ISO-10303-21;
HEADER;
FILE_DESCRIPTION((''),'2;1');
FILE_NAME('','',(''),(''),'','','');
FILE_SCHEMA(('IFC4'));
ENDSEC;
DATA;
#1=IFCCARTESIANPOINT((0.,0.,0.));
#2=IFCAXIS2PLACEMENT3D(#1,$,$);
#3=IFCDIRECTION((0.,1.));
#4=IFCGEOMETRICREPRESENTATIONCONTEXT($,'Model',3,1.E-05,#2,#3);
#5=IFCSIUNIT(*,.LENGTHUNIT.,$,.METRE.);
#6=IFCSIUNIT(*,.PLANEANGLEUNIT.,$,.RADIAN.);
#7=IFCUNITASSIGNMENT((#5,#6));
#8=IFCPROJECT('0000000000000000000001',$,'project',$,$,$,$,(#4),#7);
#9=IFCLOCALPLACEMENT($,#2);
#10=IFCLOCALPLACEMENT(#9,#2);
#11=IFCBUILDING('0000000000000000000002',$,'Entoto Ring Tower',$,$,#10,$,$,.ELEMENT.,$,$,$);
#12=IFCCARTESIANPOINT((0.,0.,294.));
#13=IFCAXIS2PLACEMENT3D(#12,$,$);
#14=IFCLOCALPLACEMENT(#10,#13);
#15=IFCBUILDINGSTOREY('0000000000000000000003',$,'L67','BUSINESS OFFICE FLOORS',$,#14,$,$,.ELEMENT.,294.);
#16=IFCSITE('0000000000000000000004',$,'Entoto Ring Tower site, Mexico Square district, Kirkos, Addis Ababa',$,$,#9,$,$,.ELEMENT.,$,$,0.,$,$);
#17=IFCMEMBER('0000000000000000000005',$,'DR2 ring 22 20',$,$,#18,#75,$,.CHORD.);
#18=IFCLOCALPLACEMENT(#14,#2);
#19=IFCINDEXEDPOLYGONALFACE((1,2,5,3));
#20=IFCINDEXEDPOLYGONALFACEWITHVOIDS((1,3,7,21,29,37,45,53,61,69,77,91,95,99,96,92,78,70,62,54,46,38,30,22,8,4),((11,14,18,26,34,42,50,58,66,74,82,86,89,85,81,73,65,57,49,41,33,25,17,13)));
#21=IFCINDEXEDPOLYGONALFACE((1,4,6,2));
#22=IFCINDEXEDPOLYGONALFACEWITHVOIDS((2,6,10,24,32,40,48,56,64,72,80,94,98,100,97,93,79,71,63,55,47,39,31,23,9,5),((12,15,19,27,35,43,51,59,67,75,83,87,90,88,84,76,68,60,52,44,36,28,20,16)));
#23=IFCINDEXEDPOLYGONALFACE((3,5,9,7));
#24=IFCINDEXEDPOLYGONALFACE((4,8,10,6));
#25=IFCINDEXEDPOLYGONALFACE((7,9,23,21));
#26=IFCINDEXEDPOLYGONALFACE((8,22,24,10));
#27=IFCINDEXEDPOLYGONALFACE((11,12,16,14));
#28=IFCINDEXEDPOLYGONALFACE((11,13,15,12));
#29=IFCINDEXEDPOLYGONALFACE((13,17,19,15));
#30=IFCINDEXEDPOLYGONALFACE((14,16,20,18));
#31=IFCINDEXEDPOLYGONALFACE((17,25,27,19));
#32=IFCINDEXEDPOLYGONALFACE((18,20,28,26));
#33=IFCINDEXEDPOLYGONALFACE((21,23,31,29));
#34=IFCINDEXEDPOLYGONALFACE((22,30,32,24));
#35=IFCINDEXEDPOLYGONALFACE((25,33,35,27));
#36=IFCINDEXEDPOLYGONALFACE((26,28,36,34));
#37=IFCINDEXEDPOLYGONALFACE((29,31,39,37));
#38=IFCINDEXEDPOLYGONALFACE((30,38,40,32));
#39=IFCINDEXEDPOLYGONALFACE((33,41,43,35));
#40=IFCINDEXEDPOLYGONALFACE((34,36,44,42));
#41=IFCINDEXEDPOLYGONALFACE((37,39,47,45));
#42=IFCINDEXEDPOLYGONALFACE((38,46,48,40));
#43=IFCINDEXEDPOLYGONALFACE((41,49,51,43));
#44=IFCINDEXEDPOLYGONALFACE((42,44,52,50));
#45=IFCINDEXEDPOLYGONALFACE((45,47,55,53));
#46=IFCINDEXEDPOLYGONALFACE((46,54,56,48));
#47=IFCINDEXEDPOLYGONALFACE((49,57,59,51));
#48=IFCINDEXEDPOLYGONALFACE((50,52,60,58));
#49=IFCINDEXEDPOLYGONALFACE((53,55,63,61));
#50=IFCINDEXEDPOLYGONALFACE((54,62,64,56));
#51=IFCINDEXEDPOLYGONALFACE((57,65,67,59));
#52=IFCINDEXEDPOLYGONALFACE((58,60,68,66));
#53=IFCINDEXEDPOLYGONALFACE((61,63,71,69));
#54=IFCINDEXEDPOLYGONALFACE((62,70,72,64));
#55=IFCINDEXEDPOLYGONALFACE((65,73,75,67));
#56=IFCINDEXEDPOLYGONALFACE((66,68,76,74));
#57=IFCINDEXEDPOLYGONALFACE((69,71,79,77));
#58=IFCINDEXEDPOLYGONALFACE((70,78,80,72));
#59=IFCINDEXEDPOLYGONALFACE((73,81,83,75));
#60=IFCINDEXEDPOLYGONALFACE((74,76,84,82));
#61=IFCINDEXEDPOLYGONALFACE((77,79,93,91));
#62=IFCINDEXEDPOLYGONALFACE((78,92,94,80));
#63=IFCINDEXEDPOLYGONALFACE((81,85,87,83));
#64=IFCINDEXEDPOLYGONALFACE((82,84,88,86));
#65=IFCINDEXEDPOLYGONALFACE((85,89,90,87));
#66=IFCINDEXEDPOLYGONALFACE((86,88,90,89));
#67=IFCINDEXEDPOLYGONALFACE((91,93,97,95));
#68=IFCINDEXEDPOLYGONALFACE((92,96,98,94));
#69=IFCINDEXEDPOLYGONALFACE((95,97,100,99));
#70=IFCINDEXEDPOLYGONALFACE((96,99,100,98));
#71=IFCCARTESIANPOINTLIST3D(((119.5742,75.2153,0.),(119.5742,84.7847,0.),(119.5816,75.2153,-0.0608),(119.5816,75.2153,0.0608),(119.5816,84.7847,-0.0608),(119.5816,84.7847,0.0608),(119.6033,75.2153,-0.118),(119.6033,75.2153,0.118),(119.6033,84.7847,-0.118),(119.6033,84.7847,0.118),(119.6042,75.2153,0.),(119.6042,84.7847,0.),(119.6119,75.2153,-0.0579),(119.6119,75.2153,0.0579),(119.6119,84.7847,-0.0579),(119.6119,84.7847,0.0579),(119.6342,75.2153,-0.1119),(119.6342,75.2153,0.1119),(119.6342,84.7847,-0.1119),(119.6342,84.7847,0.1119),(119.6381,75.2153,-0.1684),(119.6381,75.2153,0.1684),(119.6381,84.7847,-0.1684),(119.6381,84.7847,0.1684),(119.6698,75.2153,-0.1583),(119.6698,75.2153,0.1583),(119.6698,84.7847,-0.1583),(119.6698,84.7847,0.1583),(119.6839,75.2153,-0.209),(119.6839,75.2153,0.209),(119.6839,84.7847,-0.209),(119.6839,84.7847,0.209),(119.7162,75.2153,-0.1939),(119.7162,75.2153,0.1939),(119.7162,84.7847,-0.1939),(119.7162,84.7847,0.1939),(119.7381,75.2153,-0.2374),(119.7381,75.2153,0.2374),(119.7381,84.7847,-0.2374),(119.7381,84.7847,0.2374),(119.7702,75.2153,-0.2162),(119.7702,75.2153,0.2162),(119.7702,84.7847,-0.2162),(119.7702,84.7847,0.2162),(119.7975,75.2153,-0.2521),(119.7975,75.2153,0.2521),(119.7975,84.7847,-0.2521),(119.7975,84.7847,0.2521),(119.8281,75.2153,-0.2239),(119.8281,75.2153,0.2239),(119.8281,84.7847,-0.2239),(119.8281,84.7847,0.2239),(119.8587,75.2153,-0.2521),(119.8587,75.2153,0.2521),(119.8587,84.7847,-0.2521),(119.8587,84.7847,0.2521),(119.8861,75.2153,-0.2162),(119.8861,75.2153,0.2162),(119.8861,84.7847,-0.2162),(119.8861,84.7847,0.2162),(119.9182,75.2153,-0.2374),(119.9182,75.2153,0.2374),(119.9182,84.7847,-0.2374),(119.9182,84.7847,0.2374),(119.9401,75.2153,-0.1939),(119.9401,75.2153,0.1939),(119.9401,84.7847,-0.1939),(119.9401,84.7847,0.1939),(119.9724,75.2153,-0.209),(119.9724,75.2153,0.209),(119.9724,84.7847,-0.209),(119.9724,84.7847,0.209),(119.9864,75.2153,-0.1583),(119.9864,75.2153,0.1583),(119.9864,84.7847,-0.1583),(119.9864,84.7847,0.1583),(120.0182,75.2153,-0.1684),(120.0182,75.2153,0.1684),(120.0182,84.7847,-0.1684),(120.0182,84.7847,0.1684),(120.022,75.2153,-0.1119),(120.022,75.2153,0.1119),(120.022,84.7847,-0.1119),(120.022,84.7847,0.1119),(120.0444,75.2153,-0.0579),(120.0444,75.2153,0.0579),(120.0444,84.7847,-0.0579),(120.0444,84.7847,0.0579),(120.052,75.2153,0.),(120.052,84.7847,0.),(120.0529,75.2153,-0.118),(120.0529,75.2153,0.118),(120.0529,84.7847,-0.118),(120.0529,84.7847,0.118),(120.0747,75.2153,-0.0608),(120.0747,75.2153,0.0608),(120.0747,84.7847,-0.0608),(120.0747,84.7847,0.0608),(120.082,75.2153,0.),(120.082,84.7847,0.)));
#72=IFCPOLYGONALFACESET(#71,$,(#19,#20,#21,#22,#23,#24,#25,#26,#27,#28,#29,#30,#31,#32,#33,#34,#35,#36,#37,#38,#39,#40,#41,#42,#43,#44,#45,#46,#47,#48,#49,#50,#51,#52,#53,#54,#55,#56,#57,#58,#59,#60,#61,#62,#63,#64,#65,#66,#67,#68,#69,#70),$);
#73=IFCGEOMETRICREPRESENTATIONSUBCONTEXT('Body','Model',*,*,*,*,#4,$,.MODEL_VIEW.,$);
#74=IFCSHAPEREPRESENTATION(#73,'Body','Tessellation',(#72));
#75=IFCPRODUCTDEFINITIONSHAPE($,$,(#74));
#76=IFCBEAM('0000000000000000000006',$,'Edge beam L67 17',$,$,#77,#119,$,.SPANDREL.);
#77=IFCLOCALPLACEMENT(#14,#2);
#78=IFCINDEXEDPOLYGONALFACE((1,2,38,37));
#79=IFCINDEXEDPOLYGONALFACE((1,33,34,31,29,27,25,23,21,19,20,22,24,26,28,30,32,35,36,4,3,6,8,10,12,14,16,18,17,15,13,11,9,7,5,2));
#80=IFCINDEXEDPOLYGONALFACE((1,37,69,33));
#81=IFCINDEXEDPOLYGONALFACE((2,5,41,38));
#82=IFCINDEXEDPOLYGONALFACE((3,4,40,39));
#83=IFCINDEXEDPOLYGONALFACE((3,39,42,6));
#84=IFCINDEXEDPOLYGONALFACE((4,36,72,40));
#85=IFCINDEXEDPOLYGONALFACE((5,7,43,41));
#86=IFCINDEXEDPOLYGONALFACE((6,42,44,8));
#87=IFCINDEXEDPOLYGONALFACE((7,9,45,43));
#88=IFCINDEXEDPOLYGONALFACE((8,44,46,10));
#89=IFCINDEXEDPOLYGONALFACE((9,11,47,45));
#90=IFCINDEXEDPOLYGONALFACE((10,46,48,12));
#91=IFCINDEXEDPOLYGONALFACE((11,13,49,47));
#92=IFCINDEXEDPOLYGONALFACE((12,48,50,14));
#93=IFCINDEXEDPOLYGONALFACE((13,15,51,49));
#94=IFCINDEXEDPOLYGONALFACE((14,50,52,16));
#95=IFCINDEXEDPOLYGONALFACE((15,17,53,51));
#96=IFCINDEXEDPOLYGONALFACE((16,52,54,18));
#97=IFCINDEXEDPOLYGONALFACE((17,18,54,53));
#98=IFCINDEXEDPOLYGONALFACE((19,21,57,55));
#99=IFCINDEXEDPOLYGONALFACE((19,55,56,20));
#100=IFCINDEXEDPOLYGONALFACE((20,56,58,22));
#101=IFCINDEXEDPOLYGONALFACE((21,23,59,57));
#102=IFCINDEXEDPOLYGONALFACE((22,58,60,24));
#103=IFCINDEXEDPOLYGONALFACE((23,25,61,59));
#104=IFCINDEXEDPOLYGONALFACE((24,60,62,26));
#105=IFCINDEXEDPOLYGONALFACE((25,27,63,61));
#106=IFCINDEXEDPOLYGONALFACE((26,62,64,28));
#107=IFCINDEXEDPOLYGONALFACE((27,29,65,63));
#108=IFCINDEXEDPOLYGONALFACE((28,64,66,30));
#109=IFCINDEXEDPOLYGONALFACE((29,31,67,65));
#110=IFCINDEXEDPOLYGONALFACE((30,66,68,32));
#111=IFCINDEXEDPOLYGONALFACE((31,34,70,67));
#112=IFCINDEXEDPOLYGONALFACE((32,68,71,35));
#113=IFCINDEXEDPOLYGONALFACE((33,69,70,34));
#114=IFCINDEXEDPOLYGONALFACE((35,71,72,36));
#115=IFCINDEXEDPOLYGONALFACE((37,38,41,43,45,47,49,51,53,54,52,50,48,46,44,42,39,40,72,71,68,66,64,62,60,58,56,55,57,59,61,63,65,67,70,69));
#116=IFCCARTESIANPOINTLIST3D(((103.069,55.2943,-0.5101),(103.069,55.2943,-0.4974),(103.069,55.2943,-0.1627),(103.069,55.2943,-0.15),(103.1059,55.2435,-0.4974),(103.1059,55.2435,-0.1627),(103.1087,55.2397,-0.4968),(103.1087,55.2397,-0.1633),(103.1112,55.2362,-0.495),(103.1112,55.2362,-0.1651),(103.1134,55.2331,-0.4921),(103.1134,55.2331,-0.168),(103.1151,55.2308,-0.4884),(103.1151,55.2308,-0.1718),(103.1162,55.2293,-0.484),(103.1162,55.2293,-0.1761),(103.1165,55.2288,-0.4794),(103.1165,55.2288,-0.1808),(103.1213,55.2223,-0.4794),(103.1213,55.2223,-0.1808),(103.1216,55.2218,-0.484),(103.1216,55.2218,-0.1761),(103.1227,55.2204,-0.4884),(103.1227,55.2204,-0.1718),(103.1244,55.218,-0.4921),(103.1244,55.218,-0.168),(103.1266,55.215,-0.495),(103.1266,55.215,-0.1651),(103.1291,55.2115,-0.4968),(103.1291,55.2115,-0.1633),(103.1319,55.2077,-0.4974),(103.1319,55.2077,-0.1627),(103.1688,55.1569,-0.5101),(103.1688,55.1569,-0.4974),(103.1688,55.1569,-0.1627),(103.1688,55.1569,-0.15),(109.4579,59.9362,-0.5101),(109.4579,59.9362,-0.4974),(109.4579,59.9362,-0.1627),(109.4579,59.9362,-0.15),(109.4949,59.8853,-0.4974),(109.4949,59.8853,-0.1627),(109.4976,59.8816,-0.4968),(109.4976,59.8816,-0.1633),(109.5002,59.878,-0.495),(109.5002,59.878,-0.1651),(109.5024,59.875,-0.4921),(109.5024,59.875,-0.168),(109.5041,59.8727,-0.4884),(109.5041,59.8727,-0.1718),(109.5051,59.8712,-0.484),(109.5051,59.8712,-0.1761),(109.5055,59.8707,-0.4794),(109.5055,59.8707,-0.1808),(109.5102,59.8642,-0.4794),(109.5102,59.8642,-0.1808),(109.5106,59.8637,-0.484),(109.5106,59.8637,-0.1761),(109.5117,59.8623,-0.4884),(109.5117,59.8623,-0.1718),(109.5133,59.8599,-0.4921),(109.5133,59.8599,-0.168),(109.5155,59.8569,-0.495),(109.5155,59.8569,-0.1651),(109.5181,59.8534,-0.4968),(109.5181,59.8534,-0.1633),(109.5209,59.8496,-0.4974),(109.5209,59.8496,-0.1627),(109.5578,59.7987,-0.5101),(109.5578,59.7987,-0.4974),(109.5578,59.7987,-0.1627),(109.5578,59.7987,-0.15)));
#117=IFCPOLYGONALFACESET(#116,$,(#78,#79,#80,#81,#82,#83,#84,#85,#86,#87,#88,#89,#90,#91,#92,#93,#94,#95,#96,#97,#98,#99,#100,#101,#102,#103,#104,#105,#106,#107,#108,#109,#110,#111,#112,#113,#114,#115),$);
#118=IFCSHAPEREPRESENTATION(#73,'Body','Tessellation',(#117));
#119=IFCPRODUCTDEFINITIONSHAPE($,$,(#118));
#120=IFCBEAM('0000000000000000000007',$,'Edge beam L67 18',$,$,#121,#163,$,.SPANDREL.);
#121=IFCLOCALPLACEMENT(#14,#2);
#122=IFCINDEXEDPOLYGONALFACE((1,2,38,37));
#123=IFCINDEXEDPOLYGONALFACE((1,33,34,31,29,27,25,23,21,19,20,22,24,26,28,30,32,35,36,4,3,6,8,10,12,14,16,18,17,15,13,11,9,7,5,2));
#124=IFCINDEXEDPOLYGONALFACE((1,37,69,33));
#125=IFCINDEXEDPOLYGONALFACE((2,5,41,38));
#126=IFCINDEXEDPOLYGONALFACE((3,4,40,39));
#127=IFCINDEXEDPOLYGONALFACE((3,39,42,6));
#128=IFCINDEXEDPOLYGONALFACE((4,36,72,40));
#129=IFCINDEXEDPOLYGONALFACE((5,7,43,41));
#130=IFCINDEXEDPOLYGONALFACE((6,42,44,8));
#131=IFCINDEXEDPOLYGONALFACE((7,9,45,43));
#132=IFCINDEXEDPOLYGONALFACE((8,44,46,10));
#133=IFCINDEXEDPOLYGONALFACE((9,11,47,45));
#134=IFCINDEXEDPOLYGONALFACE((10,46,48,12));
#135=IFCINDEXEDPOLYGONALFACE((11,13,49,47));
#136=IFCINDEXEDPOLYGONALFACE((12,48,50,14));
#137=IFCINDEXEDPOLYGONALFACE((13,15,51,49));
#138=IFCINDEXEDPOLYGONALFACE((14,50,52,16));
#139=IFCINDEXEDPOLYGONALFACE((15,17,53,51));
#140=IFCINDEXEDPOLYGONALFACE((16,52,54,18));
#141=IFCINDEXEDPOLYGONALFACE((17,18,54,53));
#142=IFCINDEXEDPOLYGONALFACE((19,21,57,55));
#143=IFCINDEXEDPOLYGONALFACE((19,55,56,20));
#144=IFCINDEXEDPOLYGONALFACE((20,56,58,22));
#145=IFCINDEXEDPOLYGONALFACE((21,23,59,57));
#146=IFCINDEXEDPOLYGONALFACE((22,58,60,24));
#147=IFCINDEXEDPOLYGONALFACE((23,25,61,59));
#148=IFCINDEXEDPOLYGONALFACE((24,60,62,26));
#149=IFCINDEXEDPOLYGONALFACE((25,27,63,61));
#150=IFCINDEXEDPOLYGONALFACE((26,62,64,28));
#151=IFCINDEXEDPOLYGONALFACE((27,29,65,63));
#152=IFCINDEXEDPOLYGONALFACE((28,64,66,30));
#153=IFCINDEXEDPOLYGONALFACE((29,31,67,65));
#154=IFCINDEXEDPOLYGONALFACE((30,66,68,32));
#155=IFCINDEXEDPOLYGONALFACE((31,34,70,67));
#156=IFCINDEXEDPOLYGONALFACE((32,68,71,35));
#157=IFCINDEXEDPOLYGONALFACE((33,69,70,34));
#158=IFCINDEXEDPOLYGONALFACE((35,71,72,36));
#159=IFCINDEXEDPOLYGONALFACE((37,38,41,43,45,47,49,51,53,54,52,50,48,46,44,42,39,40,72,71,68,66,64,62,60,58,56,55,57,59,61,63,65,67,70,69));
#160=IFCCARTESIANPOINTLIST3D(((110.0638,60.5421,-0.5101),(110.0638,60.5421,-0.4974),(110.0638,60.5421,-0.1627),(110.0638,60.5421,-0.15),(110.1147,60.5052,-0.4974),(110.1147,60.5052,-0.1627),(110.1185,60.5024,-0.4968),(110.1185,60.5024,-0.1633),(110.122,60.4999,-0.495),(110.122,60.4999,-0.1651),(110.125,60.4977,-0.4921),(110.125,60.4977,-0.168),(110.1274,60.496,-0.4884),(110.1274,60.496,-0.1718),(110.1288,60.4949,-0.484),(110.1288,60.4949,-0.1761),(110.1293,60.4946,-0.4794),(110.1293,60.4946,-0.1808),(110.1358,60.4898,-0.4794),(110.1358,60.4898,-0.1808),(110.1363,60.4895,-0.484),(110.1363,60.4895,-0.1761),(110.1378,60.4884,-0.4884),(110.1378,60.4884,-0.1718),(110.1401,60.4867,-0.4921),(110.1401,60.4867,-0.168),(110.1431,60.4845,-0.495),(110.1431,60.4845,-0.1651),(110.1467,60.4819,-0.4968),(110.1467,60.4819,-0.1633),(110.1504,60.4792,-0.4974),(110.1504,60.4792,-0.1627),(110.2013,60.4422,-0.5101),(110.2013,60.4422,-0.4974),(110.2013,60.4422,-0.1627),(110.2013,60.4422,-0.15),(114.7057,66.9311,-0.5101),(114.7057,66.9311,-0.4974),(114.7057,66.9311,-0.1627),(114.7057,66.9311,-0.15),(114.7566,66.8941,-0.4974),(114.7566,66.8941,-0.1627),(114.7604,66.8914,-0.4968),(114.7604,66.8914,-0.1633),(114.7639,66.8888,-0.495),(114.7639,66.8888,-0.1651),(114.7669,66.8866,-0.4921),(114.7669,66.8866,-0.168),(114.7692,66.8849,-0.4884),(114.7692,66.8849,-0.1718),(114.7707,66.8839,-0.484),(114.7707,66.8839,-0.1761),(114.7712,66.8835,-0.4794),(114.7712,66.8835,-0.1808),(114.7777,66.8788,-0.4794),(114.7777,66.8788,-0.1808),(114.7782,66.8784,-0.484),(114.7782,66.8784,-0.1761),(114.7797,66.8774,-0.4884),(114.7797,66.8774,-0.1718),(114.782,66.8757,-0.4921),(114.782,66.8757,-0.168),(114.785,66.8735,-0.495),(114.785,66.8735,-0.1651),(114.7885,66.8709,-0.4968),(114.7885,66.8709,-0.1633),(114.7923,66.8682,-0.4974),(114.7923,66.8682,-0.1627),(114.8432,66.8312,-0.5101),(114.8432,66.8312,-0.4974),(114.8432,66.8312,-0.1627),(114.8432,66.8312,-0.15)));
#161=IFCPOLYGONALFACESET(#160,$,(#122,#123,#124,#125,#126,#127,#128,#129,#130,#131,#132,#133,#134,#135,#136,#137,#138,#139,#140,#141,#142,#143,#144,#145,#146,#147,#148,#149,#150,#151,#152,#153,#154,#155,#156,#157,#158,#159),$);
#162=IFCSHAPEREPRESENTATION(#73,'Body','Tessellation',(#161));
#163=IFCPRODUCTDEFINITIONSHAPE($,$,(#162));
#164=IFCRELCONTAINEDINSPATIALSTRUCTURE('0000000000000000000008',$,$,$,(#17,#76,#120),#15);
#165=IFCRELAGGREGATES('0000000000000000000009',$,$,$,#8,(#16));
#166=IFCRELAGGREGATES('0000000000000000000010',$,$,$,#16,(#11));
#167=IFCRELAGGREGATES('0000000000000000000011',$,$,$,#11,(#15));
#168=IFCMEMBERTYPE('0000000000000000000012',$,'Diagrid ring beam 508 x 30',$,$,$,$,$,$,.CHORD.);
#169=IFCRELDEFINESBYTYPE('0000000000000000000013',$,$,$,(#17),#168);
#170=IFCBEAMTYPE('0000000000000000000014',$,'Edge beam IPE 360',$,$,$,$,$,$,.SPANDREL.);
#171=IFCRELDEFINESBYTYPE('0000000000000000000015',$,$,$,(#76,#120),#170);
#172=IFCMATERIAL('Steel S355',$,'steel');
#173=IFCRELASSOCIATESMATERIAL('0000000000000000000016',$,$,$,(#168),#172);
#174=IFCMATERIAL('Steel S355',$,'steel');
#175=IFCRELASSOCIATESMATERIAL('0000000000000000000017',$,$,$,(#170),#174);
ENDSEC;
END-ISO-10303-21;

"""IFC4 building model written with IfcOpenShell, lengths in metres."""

from ifc_helpers import new_model, si_unit, direction, frame, origin, origin_2d, place, context, subcontext, project, spatial, circle, hollow_circle, i_section, extrude, material, material_profile, profile_set, type_object, element, save


model = new_model("IFC4")

# Units and contexts
model_context = context("Model", 3, precision=1e-05, world=origin(), true_north=direction((0.0, 1.0)))
body_context = subcontext(model_context, "Body", "Model", "MODEL_VIEW")
ifc_project = project(units=[si_unit("LENGTHUNIT", "METRE"), si_unit("PLANEANGLEUNIT", "RADIAN")], contexts=[model_context])

# Site, building, storey
site_placement = place(None, origin())
site = spatial("IfcSite", under=ifc_project, at=site_placement, Name="Entoto Ring Tower site, Mexico Square district, Kirkos, Addis Ababa", CompositionType="ELEMENT", RefElevation=0.0)
building_placement = place(site_placement, origin())
building = spatial("IfcBuilding", under=site, at=building_placement, Name="Entoto Ring Tower", CompositionType="ELEMENT")
storey_placement = place(building_placement, frame((0.0, 0.0, 294.0)))
storey = spatial("IfcBuildingStorey", under=building, at=storey_placement, Name="L67", Description="BUSINESS OFFICE FLOORS", CompositionType="ELEMENT", Elevation=294.0)

# Member
ifc_material_1 = material(Name="Steel S355", Category="steel")
ifc_material_profile_1 = material_profile(ifc_material_1, hollow_circle(Radius=0.2539, WallThickness=0.03, at=origin_2d()), Name="CHS 508 x 30")
ifc_material_2 = material(Name="Concrete C60/75", Category="concrete")
ifc_material_profile_2 = material_profile(ifc_material_2, circle(Radius=0.2241, at=origin_2d()), Name="Concrete C60/75 infill")
ifc_profile_set_1 = profile_set([ifc_material_profile_1, ifc_material_profile_2], Name="Steel S355")
member_type_1 = type_object("IfcMemberType", Name="Diagrid ring beam 508 x 30", PredefinedType="CHORD", material=ifc_profile_set_1)
member_1_placement = place(storey_placement, frame((119.8281, 75.2153, 0.0), z_axis=(0.0, 1.0, 0.0), x_axis=(-1.0, 0.0, 0.0)))
element("IfcMember", 1, at=member_1_placement, inside=storey, type_object=member_type_1, Name="DR2 ring 22 20", PredefinedType="CHORD", context=body_context, shape_type="SweptSolid", body=[
    extrude(hollow_circle(Radius=0.2539, WallThickness=0.03, at=origin_2d()), origin(), (0.0, 0.0, 1.0), 9.5693),
])

# Beams
ifc_material_3 = material(Name="Steel S355", Category="steel")
ifc_material_profile_3 = material_profile(ifc_material_3, i_section(OverallWidth=0.1699, OverallDepth=0.3601, WebThickness=0.0081, FlangeThickness=0.0127, FilletRadius=0.0181, at=origin_2d()), Name="IPE 360")
ifc_profile_set_2 = profile_set([ifc_material_profile_3], Name="Steel S355")
beam_type_1 = type_object("IfcBeamType", Name="Edge beam IPE 360", PredefinedType="SPANDREL", material=ifc_profile_set_2)
for number, where, z_axis, x_axis, name in (
    (2, (103.1189, 55.2256, -0.3301), (0.809015, 0.587787, 0.0), (-0.587787, 0.809015, 0.0), "Edge beam L67 17"),
    (3, (110.1326, 60.4922, -0.3301), (0.587787, 0.809015, 0.0), (-0.809015, 0.587787, 0.0), "Edge beam L67 18"),
):
    element("IfcBeam", number, at=place(storey_placement, frame(where, z_axis=z_axis, x_axis=x_axis)), inside=storey, type_object=beam_type_1, Name=name, PredefinedType="SPANDREL", context=body_context, shape_type="SweptSolid", body=[
        extrude(i_section(OverallWidth=0.1699, OverallDepth=0.3601, WebThickness=0.0081, FlangeThickness=0.0127, FilletRadius=0.0181, at=origin_2d()), origin(), (0.0, 0.0, 1.0), 7.8972),
    ])

save(model, "model.ifc")
